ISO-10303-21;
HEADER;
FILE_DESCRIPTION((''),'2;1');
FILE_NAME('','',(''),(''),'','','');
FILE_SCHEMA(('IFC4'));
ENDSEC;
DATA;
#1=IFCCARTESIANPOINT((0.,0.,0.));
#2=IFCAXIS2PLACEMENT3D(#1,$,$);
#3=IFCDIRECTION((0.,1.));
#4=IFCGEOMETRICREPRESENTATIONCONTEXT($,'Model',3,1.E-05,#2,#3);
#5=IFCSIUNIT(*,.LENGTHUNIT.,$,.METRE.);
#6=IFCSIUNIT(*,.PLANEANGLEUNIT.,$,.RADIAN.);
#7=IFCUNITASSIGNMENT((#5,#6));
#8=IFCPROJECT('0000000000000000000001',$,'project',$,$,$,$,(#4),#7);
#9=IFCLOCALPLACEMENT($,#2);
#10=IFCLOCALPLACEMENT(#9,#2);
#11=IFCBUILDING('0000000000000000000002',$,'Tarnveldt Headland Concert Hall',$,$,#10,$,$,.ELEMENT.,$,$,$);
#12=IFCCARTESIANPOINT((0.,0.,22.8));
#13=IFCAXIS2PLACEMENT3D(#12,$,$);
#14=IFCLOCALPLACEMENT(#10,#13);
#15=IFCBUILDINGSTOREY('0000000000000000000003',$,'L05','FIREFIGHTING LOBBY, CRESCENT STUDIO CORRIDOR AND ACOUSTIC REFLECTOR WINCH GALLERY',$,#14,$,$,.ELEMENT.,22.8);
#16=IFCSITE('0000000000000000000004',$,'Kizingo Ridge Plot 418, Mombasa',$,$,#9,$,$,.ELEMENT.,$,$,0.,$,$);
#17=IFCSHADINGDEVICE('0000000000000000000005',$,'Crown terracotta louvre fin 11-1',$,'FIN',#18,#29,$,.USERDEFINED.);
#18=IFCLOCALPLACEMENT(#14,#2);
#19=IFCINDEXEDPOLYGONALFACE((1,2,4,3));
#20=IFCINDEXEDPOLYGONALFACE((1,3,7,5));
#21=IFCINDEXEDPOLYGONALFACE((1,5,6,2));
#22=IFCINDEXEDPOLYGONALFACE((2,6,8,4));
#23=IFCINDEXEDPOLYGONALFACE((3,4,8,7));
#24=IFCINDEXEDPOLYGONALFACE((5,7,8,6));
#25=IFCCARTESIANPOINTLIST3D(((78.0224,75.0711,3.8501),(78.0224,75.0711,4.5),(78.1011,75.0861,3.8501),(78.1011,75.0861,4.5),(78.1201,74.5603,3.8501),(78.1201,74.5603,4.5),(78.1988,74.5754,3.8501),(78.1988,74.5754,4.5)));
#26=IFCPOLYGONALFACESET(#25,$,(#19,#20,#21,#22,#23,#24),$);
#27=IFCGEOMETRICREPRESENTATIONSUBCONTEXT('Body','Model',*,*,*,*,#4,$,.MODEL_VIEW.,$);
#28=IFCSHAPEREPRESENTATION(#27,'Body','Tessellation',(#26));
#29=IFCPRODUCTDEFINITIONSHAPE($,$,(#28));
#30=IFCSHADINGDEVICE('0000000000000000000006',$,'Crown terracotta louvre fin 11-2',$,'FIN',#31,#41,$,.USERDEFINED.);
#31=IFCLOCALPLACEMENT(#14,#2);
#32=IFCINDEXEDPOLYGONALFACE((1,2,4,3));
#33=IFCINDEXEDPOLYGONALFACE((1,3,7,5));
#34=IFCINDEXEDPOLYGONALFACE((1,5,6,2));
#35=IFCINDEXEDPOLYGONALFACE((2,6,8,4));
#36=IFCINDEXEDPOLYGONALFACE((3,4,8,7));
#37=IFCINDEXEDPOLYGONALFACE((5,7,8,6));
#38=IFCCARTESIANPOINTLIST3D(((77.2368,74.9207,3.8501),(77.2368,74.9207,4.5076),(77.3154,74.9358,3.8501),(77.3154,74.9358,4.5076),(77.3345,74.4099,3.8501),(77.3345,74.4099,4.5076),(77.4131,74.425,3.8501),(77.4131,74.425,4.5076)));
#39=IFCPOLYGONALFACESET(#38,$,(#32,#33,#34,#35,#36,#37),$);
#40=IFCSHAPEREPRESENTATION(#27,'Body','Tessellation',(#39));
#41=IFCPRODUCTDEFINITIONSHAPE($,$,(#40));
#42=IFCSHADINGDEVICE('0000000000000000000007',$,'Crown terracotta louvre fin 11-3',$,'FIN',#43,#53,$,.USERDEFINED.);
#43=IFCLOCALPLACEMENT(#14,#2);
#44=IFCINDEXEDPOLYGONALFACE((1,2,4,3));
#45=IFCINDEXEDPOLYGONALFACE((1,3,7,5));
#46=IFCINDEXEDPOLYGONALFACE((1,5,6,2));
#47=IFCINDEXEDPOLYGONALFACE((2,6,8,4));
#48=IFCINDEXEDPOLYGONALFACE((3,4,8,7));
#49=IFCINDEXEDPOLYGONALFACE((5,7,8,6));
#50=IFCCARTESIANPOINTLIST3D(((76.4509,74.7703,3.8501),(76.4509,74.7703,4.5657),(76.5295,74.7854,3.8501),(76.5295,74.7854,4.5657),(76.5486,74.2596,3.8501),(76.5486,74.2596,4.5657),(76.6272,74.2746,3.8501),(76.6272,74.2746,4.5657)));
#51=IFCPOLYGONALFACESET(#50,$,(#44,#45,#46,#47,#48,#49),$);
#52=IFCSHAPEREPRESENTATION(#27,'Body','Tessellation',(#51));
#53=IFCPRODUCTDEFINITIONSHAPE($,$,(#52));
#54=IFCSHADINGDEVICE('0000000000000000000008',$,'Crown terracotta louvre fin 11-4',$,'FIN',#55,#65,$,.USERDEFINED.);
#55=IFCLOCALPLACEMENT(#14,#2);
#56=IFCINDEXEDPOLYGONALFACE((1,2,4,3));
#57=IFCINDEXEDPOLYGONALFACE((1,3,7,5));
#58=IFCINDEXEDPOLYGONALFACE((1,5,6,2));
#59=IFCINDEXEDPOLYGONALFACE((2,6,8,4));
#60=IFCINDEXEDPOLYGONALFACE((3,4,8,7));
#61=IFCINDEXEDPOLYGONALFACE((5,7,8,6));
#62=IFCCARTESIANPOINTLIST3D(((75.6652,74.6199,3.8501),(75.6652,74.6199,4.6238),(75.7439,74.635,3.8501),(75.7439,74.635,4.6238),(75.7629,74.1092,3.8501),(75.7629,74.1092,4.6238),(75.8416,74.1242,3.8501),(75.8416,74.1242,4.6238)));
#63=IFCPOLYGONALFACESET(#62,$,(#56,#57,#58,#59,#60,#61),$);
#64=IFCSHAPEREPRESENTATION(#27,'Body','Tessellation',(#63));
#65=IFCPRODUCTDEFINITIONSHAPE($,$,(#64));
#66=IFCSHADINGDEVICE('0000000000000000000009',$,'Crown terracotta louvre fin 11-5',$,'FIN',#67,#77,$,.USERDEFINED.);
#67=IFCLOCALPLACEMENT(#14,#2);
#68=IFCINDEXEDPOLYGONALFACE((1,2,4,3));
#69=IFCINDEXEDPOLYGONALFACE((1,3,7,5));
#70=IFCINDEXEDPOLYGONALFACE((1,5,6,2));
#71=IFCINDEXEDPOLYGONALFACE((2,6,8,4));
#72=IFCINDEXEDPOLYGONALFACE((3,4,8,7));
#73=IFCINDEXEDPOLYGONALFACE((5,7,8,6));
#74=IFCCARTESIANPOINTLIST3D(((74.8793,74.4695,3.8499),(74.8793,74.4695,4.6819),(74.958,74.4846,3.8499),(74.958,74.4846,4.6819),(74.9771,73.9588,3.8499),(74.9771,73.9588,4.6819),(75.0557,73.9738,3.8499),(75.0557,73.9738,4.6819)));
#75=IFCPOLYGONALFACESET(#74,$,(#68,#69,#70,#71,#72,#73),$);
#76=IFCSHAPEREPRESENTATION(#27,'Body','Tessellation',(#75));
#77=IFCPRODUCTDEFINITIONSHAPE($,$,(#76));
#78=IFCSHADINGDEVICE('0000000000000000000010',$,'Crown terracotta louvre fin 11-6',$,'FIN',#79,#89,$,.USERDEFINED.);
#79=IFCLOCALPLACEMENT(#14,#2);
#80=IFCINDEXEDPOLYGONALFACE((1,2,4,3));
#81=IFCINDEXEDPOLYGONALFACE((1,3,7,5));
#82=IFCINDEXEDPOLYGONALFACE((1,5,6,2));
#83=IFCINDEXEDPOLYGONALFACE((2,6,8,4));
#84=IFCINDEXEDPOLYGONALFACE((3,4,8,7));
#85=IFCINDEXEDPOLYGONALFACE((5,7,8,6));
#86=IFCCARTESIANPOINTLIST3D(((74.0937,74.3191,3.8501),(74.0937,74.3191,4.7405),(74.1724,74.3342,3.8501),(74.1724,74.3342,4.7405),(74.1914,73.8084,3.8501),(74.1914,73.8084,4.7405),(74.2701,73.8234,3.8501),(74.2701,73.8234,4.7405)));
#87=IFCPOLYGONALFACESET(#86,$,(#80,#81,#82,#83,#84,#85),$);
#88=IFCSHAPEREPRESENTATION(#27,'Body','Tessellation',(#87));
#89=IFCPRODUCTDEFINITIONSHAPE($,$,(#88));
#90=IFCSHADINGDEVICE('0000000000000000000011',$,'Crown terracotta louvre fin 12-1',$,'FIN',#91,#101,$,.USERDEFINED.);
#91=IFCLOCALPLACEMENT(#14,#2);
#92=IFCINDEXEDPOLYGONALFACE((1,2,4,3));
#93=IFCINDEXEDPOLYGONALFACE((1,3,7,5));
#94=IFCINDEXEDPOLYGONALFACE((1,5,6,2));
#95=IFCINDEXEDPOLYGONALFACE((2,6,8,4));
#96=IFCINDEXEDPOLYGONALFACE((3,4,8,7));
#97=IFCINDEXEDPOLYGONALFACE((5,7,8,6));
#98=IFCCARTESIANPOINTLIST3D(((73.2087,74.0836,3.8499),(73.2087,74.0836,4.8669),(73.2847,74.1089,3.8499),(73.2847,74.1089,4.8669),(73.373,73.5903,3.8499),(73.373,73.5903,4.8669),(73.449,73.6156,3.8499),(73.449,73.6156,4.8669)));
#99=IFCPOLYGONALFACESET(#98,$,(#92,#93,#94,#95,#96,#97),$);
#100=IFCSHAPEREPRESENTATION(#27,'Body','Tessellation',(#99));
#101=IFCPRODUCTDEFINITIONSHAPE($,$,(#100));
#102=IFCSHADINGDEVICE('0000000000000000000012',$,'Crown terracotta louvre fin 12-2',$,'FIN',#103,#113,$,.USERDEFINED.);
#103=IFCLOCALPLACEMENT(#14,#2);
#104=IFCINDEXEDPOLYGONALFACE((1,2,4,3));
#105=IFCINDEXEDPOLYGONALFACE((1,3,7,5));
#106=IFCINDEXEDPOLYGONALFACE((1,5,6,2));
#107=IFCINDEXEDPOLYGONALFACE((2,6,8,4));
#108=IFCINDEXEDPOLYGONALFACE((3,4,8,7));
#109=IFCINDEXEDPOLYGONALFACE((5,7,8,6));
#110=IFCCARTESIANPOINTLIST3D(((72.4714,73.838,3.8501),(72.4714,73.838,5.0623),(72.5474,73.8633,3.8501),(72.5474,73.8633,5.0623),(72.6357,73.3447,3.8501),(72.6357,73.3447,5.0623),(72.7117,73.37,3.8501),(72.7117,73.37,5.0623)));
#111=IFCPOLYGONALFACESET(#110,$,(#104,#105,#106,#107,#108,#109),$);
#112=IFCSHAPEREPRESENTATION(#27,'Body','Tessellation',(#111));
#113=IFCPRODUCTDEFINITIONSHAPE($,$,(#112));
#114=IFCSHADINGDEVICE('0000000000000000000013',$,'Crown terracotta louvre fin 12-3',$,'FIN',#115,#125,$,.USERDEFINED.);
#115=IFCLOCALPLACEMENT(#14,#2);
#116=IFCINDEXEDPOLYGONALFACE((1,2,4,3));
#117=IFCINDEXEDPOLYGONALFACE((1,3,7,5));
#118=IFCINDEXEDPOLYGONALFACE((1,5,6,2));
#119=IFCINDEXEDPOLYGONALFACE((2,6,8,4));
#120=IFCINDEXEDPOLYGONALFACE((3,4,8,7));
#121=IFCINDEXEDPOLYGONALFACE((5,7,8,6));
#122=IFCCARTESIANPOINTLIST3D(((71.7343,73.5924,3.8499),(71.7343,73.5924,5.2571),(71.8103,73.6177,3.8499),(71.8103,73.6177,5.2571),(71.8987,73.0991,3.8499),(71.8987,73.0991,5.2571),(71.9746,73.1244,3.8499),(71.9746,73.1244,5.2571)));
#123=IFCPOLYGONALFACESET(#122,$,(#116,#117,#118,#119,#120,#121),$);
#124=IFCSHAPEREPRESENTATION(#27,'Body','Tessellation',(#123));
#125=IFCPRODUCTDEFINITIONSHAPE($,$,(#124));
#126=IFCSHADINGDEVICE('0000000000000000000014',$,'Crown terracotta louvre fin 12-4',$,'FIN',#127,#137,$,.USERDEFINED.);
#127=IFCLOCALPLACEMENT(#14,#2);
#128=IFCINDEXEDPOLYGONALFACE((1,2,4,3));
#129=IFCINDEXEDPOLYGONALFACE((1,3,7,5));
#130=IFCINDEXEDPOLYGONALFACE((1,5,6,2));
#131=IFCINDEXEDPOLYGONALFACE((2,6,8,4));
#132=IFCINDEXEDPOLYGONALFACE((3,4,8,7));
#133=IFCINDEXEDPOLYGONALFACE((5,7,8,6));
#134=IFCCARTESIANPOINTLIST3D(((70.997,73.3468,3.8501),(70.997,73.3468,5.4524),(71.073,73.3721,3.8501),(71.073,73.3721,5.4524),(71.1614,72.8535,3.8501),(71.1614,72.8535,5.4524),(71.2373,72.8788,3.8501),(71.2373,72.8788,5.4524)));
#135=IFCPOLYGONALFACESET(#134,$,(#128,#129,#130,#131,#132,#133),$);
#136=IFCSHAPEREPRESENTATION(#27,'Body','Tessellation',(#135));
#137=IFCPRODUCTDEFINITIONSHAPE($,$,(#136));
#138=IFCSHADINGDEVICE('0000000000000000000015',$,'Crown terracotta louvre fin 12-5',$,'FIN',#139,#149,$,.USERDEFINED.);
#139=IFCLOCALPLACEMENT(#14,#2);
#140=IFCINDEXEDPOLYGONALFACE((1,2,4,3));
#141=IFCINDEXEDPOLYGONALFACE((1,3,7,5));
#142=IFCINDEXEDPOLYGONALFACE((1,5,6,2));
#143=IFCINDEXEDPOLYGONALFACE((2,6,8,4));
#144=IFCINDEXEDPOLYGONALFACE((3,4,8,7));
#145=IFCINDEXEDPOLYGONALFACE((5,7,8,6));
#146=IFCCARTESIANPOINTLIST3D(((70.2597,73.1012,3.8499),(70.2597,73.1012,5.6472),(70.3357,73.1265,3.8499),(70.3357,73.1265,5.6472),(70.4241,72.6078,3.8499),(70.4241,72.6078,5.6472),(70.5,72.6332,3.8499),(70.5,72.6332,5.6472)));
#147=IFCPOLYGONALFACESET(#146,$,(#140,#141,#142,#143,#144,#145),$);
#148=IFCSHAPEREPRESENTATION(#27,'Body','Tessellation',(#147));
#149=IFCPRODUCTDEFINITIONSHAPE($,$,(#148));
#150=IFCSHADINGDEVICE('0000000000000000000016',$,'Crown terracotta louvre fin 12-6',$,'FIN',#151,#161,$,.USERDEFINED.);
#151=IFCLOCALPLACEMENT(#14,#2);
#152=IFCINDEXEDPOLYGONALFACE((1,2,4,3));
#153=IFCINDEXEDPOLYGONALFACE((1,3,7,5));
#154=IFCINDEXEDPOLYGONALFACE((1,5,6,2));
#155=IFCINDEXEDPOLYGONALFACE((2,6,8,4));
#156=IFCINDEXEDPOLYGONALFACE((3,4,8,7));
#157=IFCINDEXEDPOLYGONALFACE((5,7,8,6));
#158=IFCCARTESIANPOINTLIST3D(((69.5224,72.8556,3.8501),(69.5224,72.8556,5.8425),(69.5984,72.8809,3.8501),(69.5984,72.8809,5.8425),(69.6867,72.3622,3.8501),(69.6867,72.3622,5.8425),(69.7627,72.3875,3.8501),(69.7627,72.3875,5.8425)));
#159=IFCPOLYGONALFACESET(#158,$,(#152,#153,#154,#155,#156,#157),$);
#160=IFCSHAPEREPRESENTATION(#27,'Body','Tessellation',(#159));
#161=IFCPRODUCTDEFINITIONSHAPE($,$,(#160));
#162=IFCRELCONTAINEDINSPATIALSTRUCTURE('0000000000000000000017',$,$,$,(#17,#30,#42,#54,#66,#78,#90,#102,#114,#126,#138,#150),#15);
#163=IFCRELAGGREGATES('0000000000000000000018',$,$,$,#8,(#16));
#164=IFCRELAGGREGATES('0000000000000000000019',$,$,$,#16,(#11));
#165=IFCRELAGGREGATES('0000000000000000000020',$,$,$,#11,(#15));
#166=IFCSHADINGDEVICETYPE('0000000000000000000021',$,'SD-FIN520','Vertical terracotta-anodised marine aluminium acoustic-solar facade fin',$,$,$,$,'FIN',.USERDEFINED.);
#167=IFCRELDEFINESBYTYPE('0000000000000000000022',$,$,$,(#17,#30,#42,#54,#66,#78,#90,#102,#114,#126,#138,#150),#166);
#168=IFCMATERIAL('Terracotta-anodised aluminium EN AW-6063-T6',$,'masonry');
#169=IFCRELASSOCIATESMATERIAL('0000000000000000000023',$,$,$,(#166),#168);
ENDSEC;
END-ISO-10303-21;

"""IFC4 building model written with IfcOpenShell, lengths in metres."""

from ifc_helpers import new_model, si_unit, direction, frame, origin, origin_2d, place, context, subcontext, project, spatial, rectangle, extrude, material, type_object, element, save


model = new_model("IFC4")

# Units and contexts
model_context = context("Model", 3, precision=1e-05, world=origin(), true_north=direction((0.0, 1.0)))
body_context = subcontext(model_context, "Body", "Model", "MODEL_VIEW")
ifc_project = project(units=[si_unit("LENGTHUNIT", "METRE"), si_unit("PLANEANGLEUNIT", "RADIAN")], contexts=[model_context])

# Site, building, storey
site_placement = place(None, origin())
site = spatial("IfcSite", under=ifc_project, at=site_placement, Name="Kizingo Ridge Plot 418, Mombasa", CompositionType="ELEMENT", RefElevation=0.0)
building_placement = place(site_placement, origin())
building = spatial("IfcBuilding", under=site, at=building_placement, Name="Tarnveldt Headland Concert Hall", CompositionType="ELEMENT")
storey_placement = place(building_placement, frame((0.0, 0.0, 22.8)))
storey = spatial("IfcBuildingStorey", under=building, at=storey_placement, Name="L05", Description="FIREFIGHTING LOBBY, CRESCENT STUDIO CORRIDOR AND ACOUSTIC REFLECTOR WINCH GALLERY", CompositionType="ELEMENT", Elevation=22.8)

# Shading devices
ifc_material_1 = material(Name="Terracotta-anodised aluminium EN AW-6063-T6", Category="masonry")
shading_device_type = type_object("IfcShadingDeviceType", Name="SD-FIN520", Description="Vertical terracotta-anodised marine aluminium acoustic-solar facade fin", ElementType="FIN", PredefinedType="USERDEFINED", material=ifc_material_1)
shading_device_1_placement = place(storey_placement, frame((78.1106, 74.8232, 3.8501), z_axis=(0.0, 0.0, 1.0), x_axis=(-0.187896, 0.982189, 0.0)))
element("IfcShadingDevice", 1, at=shading_device_1_placement, inside=storey, type_object=shading_device_type, Name="Crown terracotta louvre fin 11-1", ObjectType="FIN", PredefinedType="USERDEFINED", context=body_context, shape_type="SweptSolid", body=[
    extrude(rectangle(XDim=0.52, YDim=0.0801, at=origin_2d()), origin(), (0.0, 0.0, 1.0), 0.6499),
])
shading_device_2_placement = place(storey_placement, frame((77.325, 74.6729, 3.8501), z_axis=(0.0, 0.0, 1.0), x_axis=(-0.187896, 0.982189, 0.0)))
element("IfcShadingDevice", 2, at=shading_device_2_placement, inside=storey, type_object=shading_device_type, Name="Crown terracotta louvre fin 11-2", ObjectType="FIN", PredefinedType="USERDEFINED", context=body_context, shape_type="SweptSolid", body=[
    extrude(rectangle(XDim=0.52, YDim=0.0801, at=origin_2d()), origin(), (0.0, 0.0, 1.0), 0.6575),
])
shading_device_3_placement = place(storey_placement, frame((76.5391, 74.5225, 3.8501), z_axis=(0.0, 0.0, 1.0), x_axis=(-0.187896, 0.982189, 0.0)))
element("IfcShadingDevice", 3, at=shading_device_3_placement, inside=storey, type_object=shading_device_type, Name="Crown terracotta louvre fin 11-3", ObjectType="FIN", PredefinedType="USERDEFINED", context=body_context, shape_type="SweptSolid", body=[
    extrude(rectangle(XDim=0.52, YDim=0.0801, at=origin_2d()), origin(), (0.0, 0.0, 1.0), 0.7156),
])
shading_device_4_placement = place(storey_placement, frame((75.7534, 74.3721, 3.8501), z_axis=(0.0, 0.0, 1.0), x_axis=(-0.187896, 0.982189, 0.0)))
element("IfcShadingDevice", 4, at=shading_device_4_placement, inside=storey, type_object=shading_device_type, Name="Crown terracotta louvre fin 11-4", ObjectType="FIN", PredefinedType="USERDEFINED", context=body_context, shape_type="SweptSolid", body=[
    extrude(rectangle(XDim=0.52, YDim=0.0801, at=origin_2d()), origin(), (0.0, 0.0, 1.0), 0.7737),
])
shading_device_5_placement = place(storey_placement, frame((74.9675, 74.2217, 3.8499), z_axis=(0.0, 0.0, 1.0), x_axis=(-0.187896, 0.982189, 0.0)))
element("IfcShadingDevice", 5, at=shading_device_5_placement, inside=storey, type_object=shading_device_type, Name="Crown terracotta louvre fin 11-5", ObjectType="FIN", PredefinedType="USERDEFINED", context=body_context, shape_type="SweptSolid", body=[
    extrude(rectangle(XDim=0.52, YDim=0.0801, at=origin_2d()), origin(), (0.0, 0.0, 1.0), 0.832),
])
shading_device_6_placement = place(storey_placement, frame((74.1819, 74.0713, 3.8501), z_axis=(0.0, 0.0, 1.0), x_axis=(-0.187896, 0.982189, 0.0)))
element("IfcShadingDevice", 6, at=shading_device_6_placement, inside=storey, type_object=shading_device_type, Name="Crown terracotta louvre fin 11-6", ObjectType="FIN", PredefinedType="USERDEFINED", context=body_context, shape_type="SweptSolid", body=[
    extrude(rectangle(XDim=0.52, YDim=0.0801, at=origin_2d()), origin(), (0.0, 0.0, 1.0), 0.8904),
])
shading_device_7_placement = place(storey_placement, frame((73.3289, 73.8496, 3.8499), z_axis=(0.0, 0.0, 1.0), x_axis=(-0.31598, 0.948766, 0.0)))
element("IfcShadingDevice", 7, at=shading_device_7_placement, inside=storey, type_object=shading_device_type, Name="Crown terracotta louvre fin 12-1", ObjectType="FIN", PredefinedType="USERDEFINED", context=body_context, shape_type="SweptSolid", body=[
    extrude(rectangle(XDim=0.52, YDim=0.0801, at=origin_2d()), origin(), (0.0, 0.0, 1.0), 1.0171),
])
shading_device_8_placement = place(storey_placement, frame((72.5916, 73.604, 3.8501), z_axis=(0.0, 0.0, 1.0), x_axis=(-0.31598, 0.948766, 0.0)))
element("IfcShadingDevice", 8, at=shading_device_8_placement, inside=storey, type_object=shading_device_type, Name="Crown terracotta louvre fin 12-2", ObjectType="FIN", PredefinedType="USERDEFINED", context=body_context, shape_type="SweptSolid", body=[
    extrude(rectangle(XDim=0.52, YDim=0.0801, at=origin_2d()), origin(), (0.0, 0.0, 1.0), 1.2122),
])
shading_device_9_placement = place(storey_placement, frame((71.8545, 73.3584, 3.8499), z_axis=(0.0, 0.0, 1.0), x_axis=(-0.31598, 0.948766, 0.0)))
element("IfcShadingDevice", 9, at=shading_device_9_placement, inside=storey, type_object=shading_device_type, Name="Crown terracotta louvre fin 12-3", ObjectType="FIN", PredefinedType="USERDEFINED", context=body_context, shape_type="SweptSolid", body=[
    extrude(rectangle(XDim=0.52, YDim=0.0801, at=origin_2d()), origin(), (0.0, 0.0, 1.0), 1.4072),
])
shading_device_10_placement = place(storey_placement, frame((71.1172, 73.1128, 3.8501), z_axis=(0.0, 0.0, 1.0), x_axis=(-0.31598, 0.948766, 0.0)))
element("IfcShadingDevice", 10, at=shading_device_10_placement, inside=storey, type_object=shading_device_type, Name="Crown terracotta louvre fin 12-4", ObjectType="FIN", PredefinedType="USERDEFINED", context=body_context, shape_type="SweptSolid", body=[
    extrude(rectangle(XDim=0.52, YDim=0.0801, at=origin_2d()), origin(), (0.0, 0.0, 1.0), 1.6023),
])
shading_device_11_placement = place(storey_placement, frame((70.3799, 72.8672, 3.8499), z_axis=(0.0, 0.0, 1.0), x_axis=(-0.31598, 0.948766, 0.0)))
element("IfcShadingDevice", 11, at=shading_device_11_placement, inside=storey, type_object=shading_device_type, Name="Crown terracotta louvre fin 12-5", ObjectType="FIN", PredefinedType="USERDEFINED", context=body_context, shape_type="SweptSolid", body=[
    extrude(rectangle(XDim=0.52, YDim=0.0801, at=origin_2d()), origin(), (0.0, 0.0, 1.0), 1.7974),
])
shading_device_12_placement = place(storey_placement, frame((69.6426, 72.6216, 3.8501), z_axis=(0.0, 0.0, 1.0), x_axis=(-0.31598, 0.948766, 0.0)))
element("IfcShadingDevice", 12, at=shading_device_12_placement, inside=storey, type_object=shading_device_type, Name="Crown terracotta louvre fin 12-6", ObjectType="FIN", PredefinedType="USERDEFINED", context=body_context, shape_type="SweptSolid", body=[
    extrude(rectangle(XDim=0.52, YDim=0.0801, at=origin_2d()), origin(), (0.0, 0.0, 1.0), 1.9924),
])

save(model, "model.ifc")
